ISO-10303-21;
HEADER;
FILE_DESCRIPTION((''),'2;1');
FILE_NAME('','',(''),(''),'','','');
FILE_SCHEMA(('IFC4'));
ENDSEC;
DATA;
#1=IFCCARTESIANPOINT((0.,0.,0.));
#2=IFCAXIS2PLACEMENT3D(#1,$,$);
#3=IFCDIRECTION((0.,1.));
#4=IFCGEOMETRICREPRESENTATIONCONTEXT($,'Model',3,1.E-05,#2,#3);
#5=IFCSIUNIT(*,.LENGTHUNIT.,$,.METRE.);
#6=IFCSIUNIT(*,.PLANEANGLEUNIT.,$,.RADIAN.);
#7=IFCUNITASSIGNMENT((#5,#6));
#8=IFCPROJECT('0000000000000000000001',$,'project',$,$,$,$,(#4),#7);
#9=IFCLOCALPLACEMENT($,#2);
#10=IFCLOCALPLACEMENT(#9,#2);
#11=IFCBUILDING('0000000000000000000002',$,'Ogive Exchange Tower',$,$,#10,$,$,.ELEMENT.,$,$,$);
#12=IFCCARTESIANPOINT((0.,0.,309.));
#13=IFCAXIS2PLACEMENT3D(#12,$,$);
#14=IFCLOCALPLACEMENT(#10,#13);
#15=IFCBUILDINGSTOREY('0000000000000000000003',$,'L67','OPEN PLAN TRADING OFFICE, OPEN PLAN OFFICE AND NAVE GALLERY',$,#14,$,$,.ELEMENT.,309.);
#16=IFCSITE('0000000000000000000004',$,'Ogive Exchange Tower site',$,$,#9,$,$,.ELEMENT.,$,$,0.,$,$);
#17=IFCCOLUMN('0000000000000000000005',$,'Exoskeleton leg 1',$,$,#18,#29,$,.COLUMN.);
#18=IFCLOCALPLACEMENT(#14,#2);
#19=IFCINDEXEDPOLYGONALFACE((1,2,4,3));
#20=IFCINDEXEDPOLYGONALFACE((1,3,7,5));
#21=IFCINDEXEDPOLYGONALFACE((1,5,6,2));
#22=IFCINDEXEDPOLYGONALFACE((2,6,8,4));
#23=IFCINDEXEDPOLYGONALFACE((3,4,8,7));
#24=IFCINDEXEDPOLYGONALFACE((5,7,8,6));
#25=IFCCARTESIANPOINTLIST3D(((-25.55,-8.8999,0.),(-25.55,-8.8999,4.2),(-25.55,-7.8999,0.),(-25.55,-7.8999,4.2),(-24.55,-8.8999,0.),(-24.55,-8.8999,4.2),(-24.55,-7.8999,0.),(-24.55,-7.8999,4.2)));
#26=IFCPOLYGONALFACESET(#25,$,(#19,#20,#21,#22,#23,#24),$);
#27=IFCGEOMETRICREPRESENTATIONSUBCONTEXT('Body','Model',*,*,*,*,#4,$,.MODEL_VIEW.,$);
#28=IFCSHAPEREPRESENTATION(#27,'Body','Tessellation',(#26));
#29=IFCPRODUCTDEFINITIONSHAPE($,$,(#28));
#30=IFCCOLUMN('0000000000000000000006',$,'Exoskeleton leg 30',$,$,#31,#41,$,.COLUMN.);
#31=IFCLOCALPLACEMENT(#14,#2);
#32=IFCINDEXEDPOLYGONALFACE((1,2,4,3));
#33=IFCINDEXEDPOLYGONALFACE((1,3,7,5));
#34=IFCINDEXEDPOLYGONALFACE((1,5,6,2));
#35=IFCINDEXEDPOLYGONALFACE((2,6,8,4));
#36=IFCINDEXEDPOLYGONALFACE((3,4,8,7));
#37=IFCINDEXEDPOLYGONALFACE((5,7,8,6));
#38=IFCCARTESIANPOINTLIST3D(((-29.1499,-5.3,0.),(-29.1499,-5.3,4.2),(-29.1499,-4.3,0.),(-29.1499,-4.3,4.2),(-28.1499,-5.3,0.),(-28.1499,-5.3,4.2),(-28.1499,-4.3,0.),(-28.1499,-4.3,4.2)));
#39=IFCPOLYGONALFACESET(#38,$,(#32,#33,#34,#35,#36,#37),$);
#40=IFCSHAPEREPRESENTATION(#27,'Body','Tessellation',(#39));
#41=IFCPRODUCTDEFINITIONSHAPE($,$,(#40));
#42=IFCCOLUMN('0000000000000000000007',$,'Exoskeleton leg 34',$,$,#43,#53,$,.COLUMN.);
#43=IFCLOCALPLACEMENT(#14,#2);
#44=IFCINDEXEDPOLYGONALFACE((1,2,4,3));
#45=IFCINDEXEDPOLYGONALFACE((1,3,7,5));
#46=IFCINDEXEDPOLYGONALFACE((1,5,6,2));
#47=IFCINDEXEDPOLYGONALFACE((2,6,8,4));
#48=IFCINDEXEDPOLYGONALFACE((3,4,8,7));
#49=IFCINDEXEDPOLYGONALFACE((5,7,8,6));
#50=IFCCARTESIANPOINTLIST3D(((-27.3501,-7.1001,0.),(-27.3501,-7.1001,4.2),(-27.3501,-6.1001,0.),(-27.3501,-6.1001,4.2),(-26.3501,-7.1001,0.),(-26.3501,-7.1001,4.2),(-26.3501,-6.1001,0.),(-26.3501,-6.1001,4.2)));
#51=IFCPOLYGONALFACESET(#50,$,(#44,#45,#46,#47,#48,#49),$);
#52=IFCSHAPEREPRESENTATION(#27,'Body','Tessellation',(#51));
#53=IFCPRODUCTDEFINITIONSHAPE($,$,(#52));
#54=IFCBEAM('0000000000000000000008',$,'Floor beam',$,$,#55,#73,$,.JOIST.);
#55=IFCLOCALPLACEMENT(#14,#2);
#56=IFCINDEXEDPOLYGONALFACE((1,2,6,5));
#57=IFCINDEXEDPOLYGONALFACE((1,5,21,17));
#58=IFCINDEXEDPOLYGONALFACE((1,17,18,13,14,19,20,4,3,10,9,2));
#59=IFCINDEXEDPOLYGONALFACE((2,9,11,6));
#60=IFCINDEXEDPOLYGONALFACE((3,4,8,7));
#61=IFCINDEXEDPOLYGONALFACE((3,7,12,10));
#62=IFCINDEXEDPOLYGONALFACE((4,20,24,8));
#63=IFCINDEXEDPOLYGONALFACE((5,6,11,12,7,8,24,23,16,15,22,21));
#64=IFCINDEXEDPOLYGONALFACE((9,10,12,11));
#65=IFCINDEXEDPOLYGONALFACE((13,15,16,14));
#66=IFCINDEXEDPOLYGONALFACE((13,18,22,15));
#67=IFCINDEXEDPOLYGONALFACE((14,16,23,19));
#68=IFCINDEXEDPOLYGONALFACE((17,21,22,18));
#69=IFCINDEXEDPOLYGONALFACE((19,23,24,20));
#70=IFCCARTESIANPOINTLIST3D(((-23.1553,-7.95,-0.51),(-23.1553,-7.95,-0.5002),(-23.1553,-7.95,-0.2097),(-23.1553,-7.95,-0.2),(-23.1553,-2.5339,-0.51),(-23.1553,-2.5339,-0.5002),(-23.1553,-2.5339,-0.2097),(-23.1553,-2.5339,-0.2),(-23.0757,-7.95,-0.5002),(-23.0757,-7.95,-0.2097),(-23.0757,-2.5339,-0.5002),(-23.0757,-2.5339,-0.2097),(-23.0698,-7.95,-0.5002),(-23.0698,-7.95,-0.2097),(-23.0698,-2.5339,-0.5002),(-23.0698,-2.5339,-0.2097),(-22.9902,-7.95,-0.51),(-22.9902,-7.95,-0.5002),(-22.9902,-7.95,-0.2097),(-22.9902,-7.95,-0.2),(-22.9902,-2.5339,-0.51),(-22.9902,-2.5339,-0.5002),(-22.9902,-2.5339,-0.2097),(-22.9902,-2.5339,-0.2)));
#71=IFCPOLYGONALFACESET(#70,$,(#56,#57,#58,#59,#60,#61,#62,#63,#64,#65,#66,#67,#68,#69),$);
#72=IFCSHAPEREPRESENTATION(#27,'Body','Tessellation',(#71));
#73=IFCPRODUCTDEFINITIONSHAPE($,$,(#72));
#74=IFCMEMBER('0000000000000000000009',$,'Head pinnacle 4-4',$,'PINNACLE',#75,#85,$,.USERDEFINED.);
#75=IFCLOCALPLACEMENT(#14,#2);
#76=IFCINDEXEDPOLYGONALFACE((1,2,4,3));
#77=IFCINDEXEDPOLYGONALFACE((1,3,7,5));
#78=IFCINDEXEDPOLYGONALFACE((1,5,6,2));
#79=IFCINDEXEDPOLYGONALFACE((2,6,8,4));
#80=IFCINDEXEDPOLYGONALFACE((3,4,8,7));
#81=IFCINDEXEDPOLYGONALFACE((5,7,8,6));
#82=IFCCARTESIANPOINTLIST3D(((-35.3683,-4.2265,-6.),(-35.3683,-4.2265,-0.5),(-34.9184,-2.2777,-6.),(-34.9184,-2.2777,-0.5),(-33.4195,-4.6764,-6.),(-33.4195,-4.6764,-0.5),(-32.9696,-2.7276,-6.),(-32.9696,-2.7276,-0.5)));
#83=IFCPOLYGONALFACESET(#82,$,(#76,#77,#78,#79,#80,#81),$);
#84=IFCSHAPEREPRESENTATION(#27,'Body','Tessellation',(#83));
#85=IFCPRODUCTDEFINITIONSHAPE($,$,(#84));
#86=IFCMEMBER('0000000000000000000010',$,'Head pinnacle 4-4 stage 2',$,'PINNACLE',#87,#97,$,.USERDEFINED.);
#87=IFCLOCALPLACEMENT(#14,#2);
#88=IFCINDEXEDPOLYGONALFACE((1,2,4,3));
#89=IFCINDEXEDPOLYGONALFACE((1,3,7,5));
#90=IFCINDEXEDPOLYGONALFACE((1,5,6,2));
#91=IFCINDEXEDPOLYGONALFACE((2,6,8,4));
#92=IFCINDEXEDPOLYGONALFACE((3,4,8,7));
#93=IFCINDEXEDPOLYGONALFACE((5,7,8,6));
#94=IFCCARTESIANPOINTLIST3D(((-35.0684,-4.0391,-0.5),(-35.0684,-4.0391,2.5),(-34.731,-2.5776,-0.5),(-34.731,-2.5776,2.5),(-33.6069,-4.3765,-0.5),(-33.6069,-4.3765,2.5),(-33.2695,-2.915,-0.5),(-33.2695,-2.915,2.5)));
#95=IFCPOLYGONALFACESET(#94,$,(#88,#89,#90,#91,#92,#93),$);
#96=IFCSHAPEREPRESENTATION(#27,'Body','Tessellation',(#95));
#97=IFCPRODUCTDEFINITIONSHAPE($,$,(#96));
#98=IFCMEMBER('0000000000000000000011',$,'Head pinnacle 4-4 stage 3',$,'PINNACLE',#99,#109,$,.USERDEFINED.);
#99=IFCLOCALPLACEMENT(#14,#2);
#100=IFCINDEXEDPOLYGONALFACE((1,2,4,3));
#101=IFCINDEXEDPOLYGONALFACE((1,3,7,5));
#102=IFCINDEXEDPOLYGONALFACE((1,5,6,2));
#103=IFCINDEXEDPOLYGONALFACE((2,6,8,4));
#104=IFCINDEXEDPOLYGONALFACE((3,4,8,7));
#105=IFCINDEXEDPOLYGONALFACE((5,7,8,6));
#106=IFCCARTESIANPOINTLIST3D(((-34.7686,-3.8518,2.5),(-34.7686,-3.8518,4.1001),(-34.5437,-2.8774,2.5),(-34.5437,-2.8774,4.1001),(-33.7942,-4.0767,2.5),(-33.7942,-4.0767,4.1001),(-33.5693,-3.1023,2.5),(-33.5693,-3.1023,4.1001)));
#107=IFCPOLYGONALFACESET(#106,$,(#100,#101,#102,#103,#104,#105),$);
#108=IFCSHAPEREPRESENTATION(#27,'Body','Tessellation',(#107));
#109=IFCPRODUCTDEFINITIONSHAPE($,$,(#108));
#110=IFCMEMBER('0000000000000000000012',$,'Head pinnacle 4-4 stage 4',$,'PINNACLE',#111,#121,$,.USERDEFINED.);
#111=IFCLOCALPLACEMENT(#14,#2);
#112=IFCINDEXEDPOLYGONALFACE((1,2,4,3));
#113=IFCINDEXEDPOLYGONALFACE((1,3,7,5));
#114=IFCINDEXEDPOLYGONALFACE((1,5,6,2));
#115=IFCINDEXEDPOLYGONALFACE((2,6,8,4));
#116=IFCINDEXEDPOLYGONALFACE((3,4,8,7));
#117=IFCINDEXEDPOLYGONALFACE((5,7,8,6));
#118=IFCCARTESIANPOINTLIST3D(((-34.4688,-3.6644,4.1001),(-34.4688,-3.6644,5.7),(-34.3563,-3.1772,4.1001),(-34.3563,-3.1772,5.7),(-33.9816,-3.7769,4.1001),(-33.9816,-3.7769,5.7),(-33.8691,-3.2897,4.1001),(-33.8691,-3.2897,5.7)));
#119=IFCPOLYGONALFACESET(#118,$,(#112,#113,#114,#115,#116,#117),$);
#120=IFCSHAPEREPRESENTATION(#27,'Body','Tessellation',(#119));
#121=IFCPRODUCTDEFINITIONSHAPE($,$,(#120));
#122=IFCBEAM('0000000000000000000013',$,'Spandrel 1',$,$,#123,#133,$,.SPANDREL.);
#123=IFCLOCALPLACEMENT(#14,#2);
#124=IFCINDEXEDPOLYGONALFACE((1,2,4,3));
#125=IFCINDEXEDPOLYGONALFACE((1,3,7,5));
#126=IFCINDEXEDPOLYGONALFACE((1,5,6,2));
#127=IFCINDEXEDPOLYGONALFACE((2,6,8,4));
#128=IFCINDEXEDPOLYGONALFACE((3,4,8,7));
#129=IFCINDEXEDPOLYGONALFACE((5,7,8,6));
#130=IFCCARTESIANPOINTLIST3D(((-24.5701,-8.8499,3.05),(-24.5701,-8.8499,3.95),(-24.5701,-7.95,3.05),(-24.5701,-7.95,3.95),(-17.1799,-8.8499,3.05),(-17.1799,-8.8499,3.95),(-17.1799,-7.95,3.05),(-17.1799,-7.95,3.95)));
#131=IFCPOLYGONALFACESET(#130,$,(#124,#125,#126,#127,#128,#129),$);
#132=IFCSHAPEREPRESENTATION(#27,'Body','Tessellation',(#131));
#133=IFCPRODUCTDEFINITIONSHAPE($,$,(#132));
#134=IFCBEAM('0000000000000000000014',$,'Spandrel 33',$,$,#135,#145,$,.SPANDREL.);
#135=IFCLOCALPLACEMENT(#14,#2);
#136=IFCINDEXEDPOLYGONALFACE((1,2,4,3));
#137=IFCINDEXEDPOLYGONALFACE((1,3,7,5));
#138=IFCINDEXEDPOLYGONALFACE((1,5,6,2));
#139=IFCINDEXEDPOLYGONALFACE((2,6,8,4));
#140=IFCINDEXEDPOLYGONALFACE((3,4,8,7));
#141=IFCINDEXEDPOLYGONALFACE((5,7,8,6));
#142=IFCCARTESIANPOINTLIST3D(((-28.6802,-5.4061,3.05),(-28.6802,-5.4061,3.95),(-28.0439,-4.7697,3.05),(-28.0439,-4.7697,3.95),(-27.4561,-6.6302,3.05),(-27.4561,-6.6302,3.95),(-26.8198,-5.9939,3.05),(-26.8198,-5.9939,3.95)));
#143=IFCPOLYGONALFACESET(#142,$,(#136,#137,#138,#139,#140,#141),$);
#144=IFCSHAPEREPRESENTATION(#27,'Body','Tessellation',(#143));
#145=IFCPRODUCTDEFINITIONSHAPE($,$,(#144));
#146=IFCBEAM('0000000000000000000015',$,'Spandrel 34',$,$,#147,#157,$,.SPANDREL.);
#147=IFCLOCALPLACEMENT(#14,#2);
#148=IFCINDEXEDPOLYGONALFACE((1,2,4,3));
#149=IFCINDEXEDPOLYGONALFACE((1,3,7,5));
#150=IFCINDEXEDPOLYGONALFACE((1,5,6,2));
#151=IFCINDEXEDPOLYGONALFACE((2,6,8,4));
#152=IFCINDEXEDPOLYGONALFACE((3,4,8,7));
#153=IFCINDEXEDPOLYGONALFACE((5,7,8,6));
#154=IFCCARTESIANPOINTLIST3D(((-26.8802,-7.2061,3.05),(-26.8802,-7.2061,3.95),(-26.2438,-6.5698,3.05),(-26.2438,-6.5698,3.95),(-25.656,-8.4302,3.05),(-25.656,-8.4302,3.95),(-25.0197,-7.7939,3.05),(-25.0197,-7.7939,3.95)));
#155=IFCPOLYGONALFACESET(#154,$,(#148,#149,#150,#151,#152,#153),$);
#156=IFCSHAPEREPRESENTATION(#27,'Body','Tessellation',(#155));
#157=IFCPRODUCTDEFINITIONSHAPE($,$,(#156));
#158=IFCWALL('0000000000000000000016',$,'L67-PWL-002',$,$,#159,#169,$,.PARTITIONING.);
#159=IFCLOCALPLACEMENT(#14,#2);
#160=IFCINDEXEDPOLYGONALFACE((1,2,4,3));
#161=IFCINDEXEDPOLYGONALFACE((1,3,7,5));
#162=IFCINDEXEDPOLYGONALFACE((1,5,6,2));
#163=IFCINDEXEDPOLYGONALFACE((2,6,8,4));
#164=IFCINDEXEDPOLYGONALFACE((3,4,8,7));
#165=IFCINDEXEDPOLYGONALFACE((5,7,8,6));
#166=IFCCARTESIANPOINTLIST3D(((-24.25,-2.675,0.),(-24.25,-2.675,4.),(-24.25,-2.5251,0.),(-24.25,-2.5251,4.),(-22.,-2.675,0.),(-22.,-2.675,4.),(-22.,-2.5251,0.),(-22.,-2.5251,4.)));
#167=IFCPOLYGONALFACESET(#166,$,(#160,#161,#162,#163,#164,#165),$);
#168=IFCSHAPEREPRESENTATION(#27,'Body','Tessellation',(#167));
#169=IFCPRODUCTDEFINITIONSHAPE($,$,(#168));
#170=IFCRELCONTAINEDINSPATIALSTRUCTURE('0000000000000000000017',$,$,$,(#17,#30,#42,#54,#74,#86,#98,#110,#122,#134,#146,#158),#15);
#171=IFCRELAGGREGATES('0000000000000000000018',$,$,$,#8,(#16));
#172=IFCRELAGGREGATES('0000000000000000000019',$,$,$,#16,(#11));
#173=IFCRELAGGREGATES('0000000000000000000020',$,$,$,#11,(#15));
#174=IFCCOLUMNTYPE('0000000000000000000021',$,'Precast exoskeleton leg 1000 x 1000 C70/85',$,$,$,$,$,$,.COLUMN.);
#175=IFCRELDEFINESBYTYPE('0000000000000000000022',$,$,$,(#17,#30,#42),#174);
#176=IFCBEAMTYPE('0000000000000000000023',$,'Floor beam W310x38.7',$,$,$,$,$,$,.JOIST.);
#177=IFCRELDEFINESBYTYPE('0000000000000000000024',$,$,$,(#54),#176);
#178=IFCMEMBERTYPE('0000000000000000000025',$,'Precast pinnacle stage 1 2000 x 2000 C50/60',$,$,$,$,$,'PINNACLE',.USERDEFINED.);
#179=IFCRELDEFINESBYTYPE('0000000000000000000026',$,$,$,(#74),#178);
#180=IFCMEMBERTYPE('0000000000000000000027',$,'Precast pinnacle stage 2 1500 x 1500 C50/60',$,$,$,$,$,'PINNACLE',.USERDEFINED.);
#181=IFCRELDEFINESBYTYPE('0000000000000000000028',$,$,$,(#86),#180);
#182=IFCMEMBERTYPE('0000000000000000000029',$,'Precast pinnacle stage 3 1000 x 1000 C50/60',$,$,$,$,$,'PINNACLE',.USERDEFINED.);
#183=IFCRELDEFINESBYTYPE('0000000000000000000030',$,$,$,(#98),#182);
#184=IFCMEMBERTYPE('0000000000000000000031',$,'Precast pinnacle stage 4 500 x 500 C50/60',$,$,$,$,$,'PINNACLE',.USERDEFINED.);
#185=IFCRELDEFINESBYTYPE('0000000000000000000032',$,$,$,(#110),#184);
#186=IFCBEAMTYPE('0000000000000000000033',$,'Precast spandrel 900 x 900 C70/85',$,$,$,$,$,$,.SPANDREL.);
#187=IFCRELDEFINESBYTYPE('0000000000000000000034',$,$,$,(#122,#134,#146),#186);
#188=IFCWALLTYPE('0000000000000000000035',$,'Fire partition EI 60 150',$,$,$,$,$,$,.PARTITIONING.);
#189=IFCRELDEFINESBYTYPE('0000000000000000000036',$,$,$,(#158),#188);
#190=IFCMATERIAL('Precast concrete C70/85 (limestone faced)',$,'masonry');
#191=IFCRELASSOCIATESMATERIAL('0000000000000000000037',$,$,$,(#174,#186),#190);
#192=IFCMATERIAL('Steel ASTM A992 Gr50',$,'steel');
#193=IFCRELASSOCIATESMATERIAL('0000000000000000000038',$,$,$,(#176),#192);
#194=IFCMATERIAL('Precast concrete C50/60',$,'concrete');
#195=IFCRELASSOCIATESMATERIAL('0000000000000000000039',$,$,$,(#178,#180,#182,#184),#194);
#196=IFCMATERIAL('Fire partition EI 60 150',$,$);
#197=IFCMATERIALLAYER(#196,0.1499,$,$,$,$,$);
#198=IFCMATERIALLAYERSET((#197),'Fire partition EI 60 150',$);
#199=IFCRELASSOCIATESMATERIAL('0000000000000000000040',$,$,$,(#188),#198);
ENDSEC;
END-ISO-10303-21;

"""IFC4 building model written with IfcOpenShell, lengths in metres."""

from ifc_helpers import new_model, si_unit, direction, frame, frame_2d, origin, origin_2d, place, context, subcontext, project, spatial, rectangle, i_section, extrude, material, layer, layer_set, material_profile, profile_set, type_object, element, save


model = new_model("IFC4")

# Units and contexts
model_context = context("Model", 3, precision=1e-05, world=origin(), true_north=direction((0.0, 1.0)))
body_context = subcontext(model_context, "Body", "Model", "MODEL_VIEW")
ifc_project = project(units=[si_unit("LENGTHUNIT", "METRE"), si_unit("PLANEANGLEUNIT", "RADIAN")], contexts=[model_context])

# Site, building, storey
site_placement = place(None, origin())
site = spatial("IfcSite", under=ifc_project, at=site_placement, Name="Ogive Exchange Tower site", CompositionType="ELEMENT", RefElevation=0.0)
building_placement = place(site_placement, origin())
building = spatial("IfcBuilding", under=site, at=building_placement, Name="Ogive Exchange Tower", CompositionType="ELEMENT")
storey_placement = place(building_placement, frame((0.0, 0.0, 309.0)))
storey = spatial("IfcBuildingStorey", under=building, at=storey_placement, Name="L67", Description="OPEN PLAN TRADING OFFICE, OPEN PLAN OFFICE AND NAVE GALLERY", CompositionType="ELEMENT", Elevation=309.0)

# Columns
ifc_material_1 = material(Name="Precast concrete C70/85 (limestone faced)", Category="masonry")
ifc_material_profile_1 = material_profile(ifc_material_1, rectangle(XDim=1.0, YDim=1.0, at=origin_2d()), Name="1000 x 1000")
ifc_profile_set_1 = profile_set([ifc_material_profile_1], Name="Precast concrete C70/85 (limestone faced)")
column_type = type_object("IfcColumnType", Name="Precast exoskeleton leg 1000 x 1000 C70/85", PredefinedType="COLUMN", material=ifc_profile_set_1)
for number, where, z_axis, x_axis, name in (
    (1, (-25.05, -8.3999, 0.0), (0.0, 0.0, 1.0), (1.0, 0.0, 0.0), "Exoskeleton leg 1"),
    (2, (-28.6499, -4.8, 0.0), (0.0, 0.0, 1.0), (1.0, 0.0, 0.0), "Exoskeleton leg 30"),
    (3, (-26.8501, -6.6001, 0.0), (0.0, 0.0, 1.0), (1.0, 0.0, 0.0), "Exoskeleton leg 34"),
):
    element("IfcColumn", number, at=place(storey_placement, frame(where, z_axis=z_axis, x_axis=x_axis)), inside=storey, type_object=column_type, Name=name, PredefinedType="COLUMN", context=body_context, shape_type="SweptSolid", body=[
        extrude(rectangle(XDim=1.0, YDim=1.0, at=origin_2d()), origin(), (0.0, 0.0, 1.0), 4.2),
    ])

# Beam
ifc_material_2 = material(Name="Steel ASTM A992 Gr50", Category="steel")
ifc_material_profile_2 = material_profile(ifc_material_2, i_section(OverallWidth=0.165, OverallDepth=0.3101, WebThickness=0.0059, FlangeThickness=0.0098, at=origin_2d()), Name="W310x38.7")
ifc_profile_set_2 = profile_set([ifc_material_profile_2], Name="Steel ASTM A992 Gr50")
beam_type_1 = type_object("IfcBeamType", Name="Floor beam W310x38.7", PredefinedType="JOIST", material=ifc_profile_set_2)
beam_1_placement = place(storey_placement, frame((-23.0728, -7.95, -0.355), z_axis=(0.0, 1.0, 0.0), x_axis=(-1.0, 0.0, 0.0)))
element("IfcBeam", 4, at=beam_1_placement, inside=storey, type_object=beam_type_1, Name="Floor beam", PredefinedType="JOIST", context=body_context, shape_type="SweptSolid", body=[
    extrude(i_section(OverallWidth=0.165, OverallDepth=0.3101, WebThickness=0.0059, FlangeThickness=0.0098, at=origin_2d()), origin(), (0.0, 0.0, 1.0), 5.416),
])

# Members
ifc_material_3 = material(Name="Precast concrete C50/60", Category="concrete")
ifc_material_profile_3 = material_profile(ifc_material_3, rectangle(XDim=2.0, YDim=2.0, at=origin_2d()), Name="PINNACLE 1 2000 x 2000")
ifc_profile_set_3 = profile_set([ifc_material_profile_3], Name="Precast concrete C50/60")
member_type_1 = type_object("IfcMemberType", Name="Precast pinnacle stage 1 2000 x 2000 C50/60", ElementType="PINNACLE", PredefinedType="USERDEFINED", material=ifc_profile_set_3)
member_1_placement = place(storey_placement, frame((-34.1689, -3.4771, -6.0), z_axis=(0.0, 0.0, 1.0), x_axis=(0.97437, -0.224951, 0.0)))
element("IfcMember", 5, at=member_1_placement, inside=storey, type_object=member_type_1, Name="Head pinnacle 4-4", ObjectType="PINNACLE", PredefinedType="USERDEFINED", context=body_context, shape_type="SweptSolid", body=[
    extrude(rectangle(XDim=2.0, YDim=2.0, at=origin_2d()), origin(), (0.0, 0.0, 1.0), 5.5),
])
ifc_material_profile_4 = material_profile(ifc_material_3, rectangle(XDim=1.5, YDim=1.5, at=origin_2d()), Name="PINNACLE 2 1500 x 1500")
ifc_profile_set_4 = profile_set([ifc_material_profile_4], Name="Precast concrete C50/60")
member_type_2 = type_object("IfcMemberType", Name="Precast pinnacle stage 2 1500 x 1500 C50/60", ElementType="PINNACLE", PredefinedType="USERDEFINED", material=ifc_profile_set_4)
member_2_placement = place(storey_placement, frame((-34.1689, -3.4771, -0.5), z_axis=(0.0, 0.0, 1.0), x_axis=(0.97437, -0.224951, 0.0)))
element("IfcMember", 6, at=member_2_placement, inside=storey, type_object=member_type_2, Name="Head pinnacle 4-4 stage 2", ObjectType="PINNACLE", PredefinedType="USERDEFINED", context=body_context, shape_type="SweptSolid", body=[
    extrude(rectangle(XDim=1.5, YDim=1.5, at=origin_2d()), origin(), (0.0, 0.0, 1.0), 3.0),
])
ifc_material_profile_5 = material_profile(ifc_material_3, rectangle(XDim=1.0, YDim=1.0, at=origin_2d()), Name="PINNACLE 3 1000 x 1000")
ifc_profile_set_5 = profile_set([ifc_material_profile_5], Name="Precast concrete C50/60")
member_type_3 = type_object("IfcMemberType", Name="Precast pinnacle stage 3 1000 x 1000 C50/60", ElementType="PINNACLE", PredefinedType="USERDEFINED", material=ifc_profile_set_5)
member_3_placement = place(storey_placement, frame((-34.1689, -3.4771, 2.5), z_axis=(0.0, 0.0, 1.0), x_axis=(0.97437, -0.224951, 0.0)))
element("IfcMember", 7, at=member_3_placement, inside=storey, type_object=member_type_3, Name="Head pinnacle 4-4 stage 3", ObjectType="PINNACLE", PredefinedType="USERDEFINED", context=body_context, shape_type="SweptSolid", body=[
    extrude(rectangle(XDim=1.0, YDim=1.0, at=origin_2d()), origin(), (0.0, 0.0, 1.0), 1.6001),
])
ifc_material_profile_6 = material_profile(ifc_material_3, rectangle(XDim=0.5, YDim=0.5, at=origin_2d()), Name="PINNACLE 4 500 x 500")
ifc_profile_set_6 = profile_set([ifc_material_profile_6], Name="Precast concrete C50/60")
member_type_4 = type_object("IfcMemberType", Name="Precast pinnacle stage 4 500 x 500 C50/60", ElementType="PINNACLE", PredefinedType="USERDEFINED", material=ifc_profile_set_6)
member_4_placement = place(storey_placement, frame((-34.1689, -3.4771, 4.1001), z_axis=(0.0, 0.0, 1.0), x_axis=(0.97437, -0.224951, 0.0)))
element("IfcMember", 8, at=member_4_placement, inside=storey, type_object=member_type_4, Name="Head pinnacle 4-4 stage 4", ObjectType="PINNACLE", PredefinedType="USERDEFINED", context=body_context, shape_type="SweptSolid", body=[
    extrude(rectangle(XDim=0.5, YDim=0.5, at=origin_2d()), origin(), (0.0, 0.0, 1.0), 1.5999),
])

# Beams
ifc_material_profile_7 = material_profile(ifc_material_1, rectangle(XDim=0.8999, YDim=0.8999, at=origin_2d()), Name="900 x 900")
ifc_profile_set_7 = profile_set([ifc_material_profile_7], Name="Precast concrete C70/85 (limestone faced)")
beam_type_2 = type_object("IfcBeamType", Name="Precast spandrel 900 x 900 C70/85", PredefinedType="SPANDREL", material=ifc_profile_set_7)
beam_2_placement = place(storey_placement, frame((-24.5701, -8.3999, 3.5), z_axis=(1.0, 0.0, 0.0), x_axis=(0.0, 1.0, 0.0)))
element("IfcBeam", 9, at=beam_2_placement, inside=storey, type_object=beam_type_2, Name="Spandrel 1", PredefinedType="SPANDREL", context=body_context, shape_type="SweptSolid", body=[
    extrude(rectangle(XDim=0.8999, YDim=0.8999, at=origin_2d()), origin(), (0.0, 0.0, 1.0), 7.3901),
])
for number, where, z_axis, x_axis, name in (
    (10, (-28.3621, -5.0879, 3.5), (0.707107, -0.707107, 0.0), (0.707107, 0.707107, 0.0), "Spandrel 33"),
    (11, (-26.562, -6.8879, 3.5), (0.707107, -0.707107, 0.0), (0.707107, 0.707107, 0.0), "Spandrel 34"),
):
    element("IfcBeam", number, at=place(storey_placement, frame(where, z_axis=z_axis, x_axis=x_axis)), inside=storey, type_object=beam_type_2, Name=name, PredefinedType="SPANDREL", context=body_context, shape_type="SweptSolid", body=[
        extrude(rectangle(XDim=0.8999, YDim=0.8999, at=origin_2d()), origin(), (0.0, 0.0, 1.0), 1.7312),
    ])

# Wall
ifc_material_4 = material(Name="Fire partition EI 60 150")
ifc_layer_1 = layer(ifc_material_4, 0.1499)
ifc_layer_set_1 = layer_set([ifc_layer_1], Name="Fire partition EI 60 150")
wall_type_1 = type_object("IfcWallType", Name="Fire partition EI 60 150", PredefinedType="PARTITIONING", material=ifc_layer_set_1)
wall_1_placement = place(storey_placement, frame((-24.25, -2.6001, 0.0), z_axis=(0.0, 0.0, 1.0), x_axis=(1.0, 0.0, 0.0)))
element("IfcWall", 12, at=wall_1_placement, inside=storey, type_object=wall_type_1, Name="L67-PWL-002", PredefinedType="PARTITIONING", context=body_context, shape_type="SweptSolid", body=[
    extrude(rectangle(XDim=2.25, YDim=0.1499, at=frame_2d((1.125, 0.0))), origin(), (0.0, 0.0, 1.0), 4.0),
])

save(model, "model.ifc")
